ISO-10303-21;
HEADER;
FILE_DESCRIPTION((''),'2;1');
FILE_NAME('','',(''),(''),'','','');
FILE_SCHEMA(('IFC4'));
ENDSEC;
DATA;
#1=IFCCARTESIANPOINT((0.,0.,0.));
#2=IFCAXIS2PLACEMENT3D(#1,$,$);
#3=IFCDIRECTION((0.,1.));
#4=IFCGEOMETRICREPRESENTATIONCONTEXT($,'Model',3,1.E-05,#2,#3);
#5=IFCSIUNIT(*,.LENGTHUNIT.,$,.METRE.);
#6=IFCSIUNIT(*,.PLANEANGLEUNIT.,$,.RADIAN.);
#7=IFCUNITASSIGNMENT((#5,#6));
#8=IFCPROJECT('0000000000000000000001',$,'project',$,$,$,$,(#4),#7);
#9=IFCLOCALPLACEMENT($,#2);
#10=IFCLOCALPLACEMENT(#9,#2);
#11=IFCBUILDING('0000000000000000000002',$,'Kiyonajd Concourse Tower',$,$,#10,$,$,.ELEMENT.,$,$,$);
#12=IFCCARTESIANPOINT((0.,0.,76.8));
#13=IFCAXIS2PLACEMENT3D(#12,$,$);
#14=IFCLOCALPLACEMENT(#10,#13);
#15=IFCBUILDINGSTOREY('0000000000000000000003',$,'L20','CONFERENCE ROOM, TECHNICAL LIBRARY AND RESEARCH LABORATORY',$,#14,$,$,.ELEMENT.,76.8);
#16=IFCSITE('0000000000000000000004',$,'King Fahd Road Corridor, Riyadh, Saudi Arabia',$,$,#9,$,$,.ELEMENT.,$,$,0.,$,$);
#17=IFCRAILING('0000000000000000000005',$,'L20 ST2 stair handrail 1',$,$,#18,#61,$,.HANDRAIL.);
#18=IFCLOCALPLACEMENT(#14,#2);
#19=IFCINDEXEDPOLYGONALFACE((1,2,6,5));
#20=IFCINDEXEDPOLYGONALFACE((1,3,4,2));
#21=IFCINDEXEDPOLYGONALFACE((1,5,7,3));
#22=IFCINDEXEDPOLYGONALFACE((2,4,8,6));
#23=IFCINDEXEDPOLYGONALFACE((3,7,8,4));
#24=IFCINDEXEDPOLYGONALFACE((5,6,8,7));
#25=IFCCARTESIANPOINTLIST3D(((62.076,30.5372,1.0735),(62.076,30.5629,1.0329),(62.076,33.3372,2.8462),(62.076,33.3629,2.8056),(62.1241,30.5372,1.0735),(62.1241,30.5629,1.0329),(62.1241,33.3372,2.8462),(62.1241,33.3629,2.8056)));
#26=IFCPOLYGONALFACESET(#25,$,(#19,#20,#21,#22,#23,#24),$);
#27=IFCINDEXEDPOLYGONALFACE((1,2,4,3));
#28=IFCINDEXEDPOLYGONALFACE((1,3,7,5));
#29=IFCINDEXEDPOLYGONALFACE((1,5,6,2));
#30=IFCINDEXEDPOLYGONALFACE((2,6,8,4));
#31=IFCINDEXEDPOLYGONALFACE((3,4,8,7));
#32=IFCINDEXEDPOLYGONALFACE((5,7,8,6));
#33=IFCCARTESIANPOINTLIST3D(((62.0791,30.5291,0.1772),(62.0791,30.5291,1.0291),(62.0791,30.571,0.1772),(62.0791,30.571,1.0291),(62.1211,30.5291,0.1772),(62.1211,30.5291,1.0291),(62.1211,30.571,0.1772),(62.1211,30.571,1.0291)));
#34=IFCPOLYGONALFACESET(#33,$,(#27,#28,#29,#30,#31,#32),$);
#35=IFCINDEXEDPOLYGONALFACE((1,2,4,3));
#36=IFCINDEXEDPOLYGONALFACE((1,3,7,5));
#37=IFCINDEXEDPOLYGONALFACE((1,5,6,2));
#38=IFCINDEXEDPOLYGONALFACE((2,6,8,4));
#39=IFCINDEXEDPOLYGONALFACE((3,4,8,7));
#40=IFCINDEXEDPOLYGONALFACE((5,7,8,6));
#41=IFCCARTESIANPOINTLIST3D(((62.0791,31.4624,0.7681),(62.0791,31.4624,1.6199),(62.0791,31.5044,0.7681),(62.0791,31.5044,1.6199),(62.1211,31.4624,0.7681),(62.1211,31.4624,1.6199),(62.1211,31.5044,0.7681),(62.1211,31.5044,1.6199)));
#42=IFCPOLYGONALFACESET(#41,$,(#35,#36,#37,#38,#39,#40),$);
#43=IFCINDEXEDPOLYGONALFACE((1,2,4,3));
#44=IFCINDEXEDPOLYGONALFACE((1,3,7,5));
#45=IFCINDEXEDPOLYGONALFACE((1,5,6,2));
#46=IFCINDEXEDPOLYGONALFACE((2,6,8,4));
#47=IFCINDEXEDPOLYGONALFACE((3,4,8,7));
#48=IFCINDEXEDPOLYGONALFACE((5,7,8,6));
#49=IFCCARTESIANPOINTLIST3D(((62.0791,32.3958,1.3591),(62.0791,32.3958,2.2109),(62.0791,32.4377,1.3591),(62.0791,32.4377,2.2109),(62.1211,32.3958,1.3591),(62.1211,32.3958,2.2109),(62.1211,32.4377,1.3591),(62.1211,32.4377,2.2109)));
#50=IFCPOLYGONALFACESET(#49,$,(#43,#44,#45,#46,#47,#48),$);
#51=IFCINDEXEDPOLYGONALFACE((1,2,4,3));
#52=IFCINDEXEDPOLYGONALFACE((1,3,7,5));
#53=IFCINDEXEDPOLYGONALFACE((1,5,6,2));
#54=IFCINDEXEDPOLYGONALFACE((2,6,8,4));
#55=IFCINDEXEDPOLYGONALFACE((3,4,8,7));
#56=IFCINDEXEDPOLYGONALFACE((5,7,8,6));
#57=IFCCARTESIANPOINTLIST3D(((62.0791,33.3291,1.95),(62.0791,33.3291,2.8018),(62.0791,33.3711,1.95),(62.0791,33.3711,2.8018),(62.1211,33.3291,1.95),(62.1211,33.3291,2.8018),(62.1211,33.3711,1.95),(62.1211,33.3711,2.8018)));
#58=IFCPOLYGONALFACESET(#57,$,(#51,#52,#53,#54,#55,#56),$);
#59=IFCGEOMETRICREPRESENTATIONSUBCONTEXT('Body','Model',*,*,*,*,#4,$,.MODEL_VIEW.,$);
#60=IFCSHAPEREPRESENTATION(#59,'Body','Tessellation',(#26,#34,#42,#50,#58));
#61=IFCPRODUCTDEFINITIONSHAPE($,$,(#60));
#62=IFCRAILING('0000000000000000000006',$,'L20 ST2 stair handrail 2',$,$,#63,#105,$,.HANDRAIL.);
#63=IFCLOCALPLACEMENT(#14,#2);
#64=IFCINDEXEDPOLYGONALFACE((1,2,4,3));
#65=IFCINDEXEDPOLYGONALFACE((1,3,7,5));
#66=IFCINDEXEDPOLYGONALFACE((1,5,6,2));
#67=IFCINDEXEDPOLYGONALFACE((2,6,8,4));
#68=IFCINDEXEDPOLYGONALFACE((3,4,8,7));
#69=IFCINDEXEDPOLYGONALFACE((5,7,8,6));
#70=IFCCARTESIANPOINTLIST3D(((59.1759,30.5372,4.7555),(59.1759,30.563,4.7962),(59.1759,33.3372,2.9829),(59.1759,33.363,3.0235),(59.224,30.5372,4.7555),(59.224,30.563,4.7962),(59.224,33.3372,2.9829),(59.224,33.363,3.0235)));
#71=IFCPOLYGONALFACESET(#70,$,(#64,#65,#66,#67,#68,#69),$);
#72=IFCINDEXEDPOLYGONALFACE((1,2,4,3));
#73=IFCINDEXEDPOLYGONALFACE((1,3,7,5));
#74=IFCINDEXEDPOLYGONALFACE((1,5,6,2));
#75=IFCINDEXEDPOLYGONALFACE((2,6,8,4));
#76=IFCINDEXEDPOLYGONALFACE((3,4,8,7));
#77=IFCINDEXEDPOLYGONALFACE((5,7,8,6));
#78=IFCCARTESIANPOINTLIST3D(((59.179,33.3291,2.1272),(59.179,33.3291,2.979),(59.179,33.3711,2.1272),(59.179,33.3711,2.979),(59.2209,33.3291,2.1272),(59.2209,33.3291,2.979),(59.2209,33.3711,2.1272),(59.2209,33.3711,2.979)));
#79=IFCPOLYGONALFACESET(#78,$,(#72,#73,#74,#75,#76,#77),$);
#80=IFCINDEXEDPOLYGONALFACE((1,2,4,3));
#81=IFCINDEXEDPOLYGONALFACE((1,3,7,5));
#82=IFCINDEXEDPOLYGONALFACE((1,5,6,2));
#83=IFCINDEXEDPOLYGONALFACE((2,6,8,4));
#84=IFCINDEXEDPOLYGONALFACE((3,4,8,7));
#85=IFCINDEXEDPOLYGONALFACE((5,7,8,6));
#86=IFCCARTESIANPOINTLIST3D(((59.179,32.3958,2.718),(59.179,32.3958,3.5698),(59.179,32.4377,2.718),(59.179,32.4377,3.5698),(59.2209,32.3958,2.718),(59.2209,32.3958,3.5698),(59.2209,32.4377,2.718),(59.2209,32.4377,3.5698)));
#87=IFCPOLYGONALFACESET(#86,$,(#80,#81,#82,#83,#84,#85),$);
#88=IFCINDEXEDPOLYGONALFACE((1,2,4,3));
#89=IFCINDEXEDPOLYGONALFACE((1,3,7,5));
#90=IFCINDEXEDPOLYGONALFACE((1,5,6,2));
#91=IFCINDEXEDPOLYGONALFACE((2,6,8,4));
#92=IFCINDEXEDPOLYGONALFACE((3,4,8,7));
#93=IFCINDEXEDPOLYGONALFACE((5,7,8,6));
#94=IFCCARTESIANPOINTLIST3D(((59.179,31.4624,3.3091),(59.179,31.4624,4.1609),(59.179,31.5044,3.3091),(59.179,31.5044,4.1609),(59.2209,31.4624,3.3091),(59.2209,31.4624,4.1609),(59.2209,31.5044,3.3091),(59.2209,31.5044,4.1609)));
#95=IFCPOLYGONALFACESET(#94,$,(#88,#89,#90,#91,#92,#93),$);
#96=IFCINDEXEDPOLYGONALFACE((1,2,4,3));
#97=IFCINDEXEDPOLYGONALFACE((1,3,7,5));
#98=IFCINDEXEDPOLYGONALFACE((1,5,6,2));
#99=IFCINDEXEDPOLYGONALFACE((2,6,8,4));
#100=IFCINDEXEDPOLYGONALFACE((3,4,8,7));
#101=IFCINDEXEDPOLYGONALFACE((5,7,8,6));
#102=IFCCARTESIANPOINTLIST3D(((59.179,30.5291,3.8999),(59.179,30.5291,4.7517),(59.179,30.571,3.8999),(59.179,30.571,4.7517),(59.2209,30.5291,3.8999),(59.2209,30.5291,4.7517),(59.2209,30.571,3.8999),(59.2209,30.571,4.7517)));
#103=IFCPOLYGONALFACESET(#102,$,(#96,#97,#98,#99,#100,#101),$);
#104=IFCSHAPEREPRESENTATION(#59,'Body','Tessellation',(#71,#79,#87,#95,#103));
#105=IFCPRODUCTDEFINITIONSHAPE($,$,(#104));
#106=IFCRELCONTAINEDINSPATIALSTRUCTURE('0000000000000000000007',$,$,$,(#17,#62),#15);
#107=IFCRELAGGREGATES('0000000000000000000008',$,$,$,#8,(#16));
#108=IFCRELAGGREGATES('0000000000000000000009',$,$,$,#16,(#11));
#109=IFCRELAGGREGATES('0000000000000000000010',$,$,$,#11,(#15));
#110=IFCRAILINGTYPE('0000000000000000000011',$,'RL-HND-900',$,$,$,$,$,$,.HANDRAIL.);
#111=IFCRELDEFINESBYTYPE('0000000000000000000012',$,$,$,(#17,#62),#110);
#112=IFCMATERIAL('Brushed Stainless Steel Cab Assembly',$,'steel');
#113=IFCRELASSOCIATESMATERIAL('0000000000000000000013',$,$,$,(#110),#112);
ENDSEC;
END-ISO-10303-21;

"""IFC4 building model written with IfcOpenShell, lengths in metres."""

from ifc_helpers import new_model, si_unit, direction, frame, origin, origin_2d, place, context, subcontext, project, spatial, rectangle, extrude, material, type_object, element, save


model = new_model("IFC4")

# Units and contexts
model_context = context("Model", 3, precision=1e-05, world=origin(), true_north=direction((0.0, 1.0)))
body_context = subcontext(model_context, "Body", "Model", "MODEL_VIEW")
ifc_project = project(units=[si_unit("LENGTHUNIT", "METRE"), si_unit("PLANEANGLEUNIT", "RADIAN")], contexts=[model_context])

# Site, building, storey
site_placement = place(None, origin())
site = spatial("IfcSite", under=ifc_project, at=site_placement, Name="King Fahd Road Corridor, Riyadh, Saudi Arabia", CompositionType="ELEMENT", RefElevation=0.0)
building_placement = place(site_placement, origin())
building = spatial("IfcBuilding", under=site, at=building_placement, Name="Kiyonajd Concourse Tower", CompositionType="ELEMENT")
storey_placement = place(building_placement, frame((0.0, 0.0, 76.8)))
storey = spatial("IfcBuildingStorey", under=building, at=storey_placement, Name="L20", Description="CONFERENCE ROOM, TECHNICAL LIBRARY AND RESEARCH LABORATORY", CompositionType="ELEMENT", Elevation=76.8)

# Shared definitions
ifc_material_1 = material(Name="Brushed Stainless Steel Cab Assembly", Category="steel")

# Railings
railing_type_1 = type_object("IfcRailingType", Name="RL-HND-900", PredefinedType="HANDRAIL", material=ifc_material_1)
railing_1_placement = place(storey_placement, frame((62.1001, 30.55, 0.1772)))
element("IfcRailing", 1, at=railing_1_placement, inside=storey, type_object=railing_type_1, Name="L20 ST2 stair handrail 1", PredefinedType="HANDRAIL", context=body_context, shape_type="SweptSolid", body=[
    extrude(rectangle(XDim=0.0481, YDim=0.0481, at=origin_2d()), frame((0.0, 0.0, 0.876), z_axis=(0.0, 0.844909, 0.53491), x_axis=(-1.0, 0.0, 0.0)), (0.0, 0.0, 1.0), 3.314),
    extrude(rectangle(XDim=0.042, YDim=0.042, at=origin_2d()), origin(), (0.0, 0.0, 1.0), 0.8518),
    extrude(rectangle(XDim=0.042, YDim=0.042, at=origin_2d()), frame((0.0, 0.9333, 0.5908)), (0.0, 0.0, 1.0), 0.8518),
    extrude(rectangle(XDim=0.042, YDim=0.042, at=origin_2d()), frame((0.0, 1.8667, 1.1819)), (0.0, 0.0, 1.0), 0.8518),
    extrude(rectangle(XDim=0.042, YDim=0.042, at=origin_2d()), frame((0.0, 2.8, 1.7727)), (0.0, 0.0, 1.0), 0.8518),
])
railing_2_placement = place(storey_placement, frame((59.2, 33.3501, 2.1272)))
element("IfcRailing", 2, at=railing_2_placement, inside=storey, type_object=railing_type_1, Name="L20 ST2 stair handrail 2", PredefinedType="HANDRAIL", context=body_context, shape_type="SweptSolid", body=[
    extrude(rectangle(XDim=0.0481, YDim=0.0481, at=origin_2d()), frame((0.0, 0.0, 0.876), z_axis=(0.0, -0.844909, 0.53491), x_axis=(1.0, 0.0, 0.0)), (0.0, 0.0, 1.0), 3.314),
    extrude(rectangle(XDim=0.042, YDim=0.042, at=origin_2d()), origin(), (0.0, 0.0, 1.0), 0.8518),
    extrude(rectangle(XDim=0.042, YDim=0.042, at=origin_2d()), frame((0.0, -0.9333, 0.5908)), (0.0, 0.0, 1.0), 0.8518),
    extrude(rectangle(XDim=0.042, YDim=0.042, at=origin_2d()), frame((0.0, -1.8667, 1.1819)), (0.0, 0.0, 1.0), 0.8518),
    extrude(rectangle(XDim=0.042, YDim=0.042, at=origin_2d()), frame((0.0, -2.8, 1.7727)), (0.0, 0.0, 1.0), 0.8518),
])

save(model, "model.ifc")
